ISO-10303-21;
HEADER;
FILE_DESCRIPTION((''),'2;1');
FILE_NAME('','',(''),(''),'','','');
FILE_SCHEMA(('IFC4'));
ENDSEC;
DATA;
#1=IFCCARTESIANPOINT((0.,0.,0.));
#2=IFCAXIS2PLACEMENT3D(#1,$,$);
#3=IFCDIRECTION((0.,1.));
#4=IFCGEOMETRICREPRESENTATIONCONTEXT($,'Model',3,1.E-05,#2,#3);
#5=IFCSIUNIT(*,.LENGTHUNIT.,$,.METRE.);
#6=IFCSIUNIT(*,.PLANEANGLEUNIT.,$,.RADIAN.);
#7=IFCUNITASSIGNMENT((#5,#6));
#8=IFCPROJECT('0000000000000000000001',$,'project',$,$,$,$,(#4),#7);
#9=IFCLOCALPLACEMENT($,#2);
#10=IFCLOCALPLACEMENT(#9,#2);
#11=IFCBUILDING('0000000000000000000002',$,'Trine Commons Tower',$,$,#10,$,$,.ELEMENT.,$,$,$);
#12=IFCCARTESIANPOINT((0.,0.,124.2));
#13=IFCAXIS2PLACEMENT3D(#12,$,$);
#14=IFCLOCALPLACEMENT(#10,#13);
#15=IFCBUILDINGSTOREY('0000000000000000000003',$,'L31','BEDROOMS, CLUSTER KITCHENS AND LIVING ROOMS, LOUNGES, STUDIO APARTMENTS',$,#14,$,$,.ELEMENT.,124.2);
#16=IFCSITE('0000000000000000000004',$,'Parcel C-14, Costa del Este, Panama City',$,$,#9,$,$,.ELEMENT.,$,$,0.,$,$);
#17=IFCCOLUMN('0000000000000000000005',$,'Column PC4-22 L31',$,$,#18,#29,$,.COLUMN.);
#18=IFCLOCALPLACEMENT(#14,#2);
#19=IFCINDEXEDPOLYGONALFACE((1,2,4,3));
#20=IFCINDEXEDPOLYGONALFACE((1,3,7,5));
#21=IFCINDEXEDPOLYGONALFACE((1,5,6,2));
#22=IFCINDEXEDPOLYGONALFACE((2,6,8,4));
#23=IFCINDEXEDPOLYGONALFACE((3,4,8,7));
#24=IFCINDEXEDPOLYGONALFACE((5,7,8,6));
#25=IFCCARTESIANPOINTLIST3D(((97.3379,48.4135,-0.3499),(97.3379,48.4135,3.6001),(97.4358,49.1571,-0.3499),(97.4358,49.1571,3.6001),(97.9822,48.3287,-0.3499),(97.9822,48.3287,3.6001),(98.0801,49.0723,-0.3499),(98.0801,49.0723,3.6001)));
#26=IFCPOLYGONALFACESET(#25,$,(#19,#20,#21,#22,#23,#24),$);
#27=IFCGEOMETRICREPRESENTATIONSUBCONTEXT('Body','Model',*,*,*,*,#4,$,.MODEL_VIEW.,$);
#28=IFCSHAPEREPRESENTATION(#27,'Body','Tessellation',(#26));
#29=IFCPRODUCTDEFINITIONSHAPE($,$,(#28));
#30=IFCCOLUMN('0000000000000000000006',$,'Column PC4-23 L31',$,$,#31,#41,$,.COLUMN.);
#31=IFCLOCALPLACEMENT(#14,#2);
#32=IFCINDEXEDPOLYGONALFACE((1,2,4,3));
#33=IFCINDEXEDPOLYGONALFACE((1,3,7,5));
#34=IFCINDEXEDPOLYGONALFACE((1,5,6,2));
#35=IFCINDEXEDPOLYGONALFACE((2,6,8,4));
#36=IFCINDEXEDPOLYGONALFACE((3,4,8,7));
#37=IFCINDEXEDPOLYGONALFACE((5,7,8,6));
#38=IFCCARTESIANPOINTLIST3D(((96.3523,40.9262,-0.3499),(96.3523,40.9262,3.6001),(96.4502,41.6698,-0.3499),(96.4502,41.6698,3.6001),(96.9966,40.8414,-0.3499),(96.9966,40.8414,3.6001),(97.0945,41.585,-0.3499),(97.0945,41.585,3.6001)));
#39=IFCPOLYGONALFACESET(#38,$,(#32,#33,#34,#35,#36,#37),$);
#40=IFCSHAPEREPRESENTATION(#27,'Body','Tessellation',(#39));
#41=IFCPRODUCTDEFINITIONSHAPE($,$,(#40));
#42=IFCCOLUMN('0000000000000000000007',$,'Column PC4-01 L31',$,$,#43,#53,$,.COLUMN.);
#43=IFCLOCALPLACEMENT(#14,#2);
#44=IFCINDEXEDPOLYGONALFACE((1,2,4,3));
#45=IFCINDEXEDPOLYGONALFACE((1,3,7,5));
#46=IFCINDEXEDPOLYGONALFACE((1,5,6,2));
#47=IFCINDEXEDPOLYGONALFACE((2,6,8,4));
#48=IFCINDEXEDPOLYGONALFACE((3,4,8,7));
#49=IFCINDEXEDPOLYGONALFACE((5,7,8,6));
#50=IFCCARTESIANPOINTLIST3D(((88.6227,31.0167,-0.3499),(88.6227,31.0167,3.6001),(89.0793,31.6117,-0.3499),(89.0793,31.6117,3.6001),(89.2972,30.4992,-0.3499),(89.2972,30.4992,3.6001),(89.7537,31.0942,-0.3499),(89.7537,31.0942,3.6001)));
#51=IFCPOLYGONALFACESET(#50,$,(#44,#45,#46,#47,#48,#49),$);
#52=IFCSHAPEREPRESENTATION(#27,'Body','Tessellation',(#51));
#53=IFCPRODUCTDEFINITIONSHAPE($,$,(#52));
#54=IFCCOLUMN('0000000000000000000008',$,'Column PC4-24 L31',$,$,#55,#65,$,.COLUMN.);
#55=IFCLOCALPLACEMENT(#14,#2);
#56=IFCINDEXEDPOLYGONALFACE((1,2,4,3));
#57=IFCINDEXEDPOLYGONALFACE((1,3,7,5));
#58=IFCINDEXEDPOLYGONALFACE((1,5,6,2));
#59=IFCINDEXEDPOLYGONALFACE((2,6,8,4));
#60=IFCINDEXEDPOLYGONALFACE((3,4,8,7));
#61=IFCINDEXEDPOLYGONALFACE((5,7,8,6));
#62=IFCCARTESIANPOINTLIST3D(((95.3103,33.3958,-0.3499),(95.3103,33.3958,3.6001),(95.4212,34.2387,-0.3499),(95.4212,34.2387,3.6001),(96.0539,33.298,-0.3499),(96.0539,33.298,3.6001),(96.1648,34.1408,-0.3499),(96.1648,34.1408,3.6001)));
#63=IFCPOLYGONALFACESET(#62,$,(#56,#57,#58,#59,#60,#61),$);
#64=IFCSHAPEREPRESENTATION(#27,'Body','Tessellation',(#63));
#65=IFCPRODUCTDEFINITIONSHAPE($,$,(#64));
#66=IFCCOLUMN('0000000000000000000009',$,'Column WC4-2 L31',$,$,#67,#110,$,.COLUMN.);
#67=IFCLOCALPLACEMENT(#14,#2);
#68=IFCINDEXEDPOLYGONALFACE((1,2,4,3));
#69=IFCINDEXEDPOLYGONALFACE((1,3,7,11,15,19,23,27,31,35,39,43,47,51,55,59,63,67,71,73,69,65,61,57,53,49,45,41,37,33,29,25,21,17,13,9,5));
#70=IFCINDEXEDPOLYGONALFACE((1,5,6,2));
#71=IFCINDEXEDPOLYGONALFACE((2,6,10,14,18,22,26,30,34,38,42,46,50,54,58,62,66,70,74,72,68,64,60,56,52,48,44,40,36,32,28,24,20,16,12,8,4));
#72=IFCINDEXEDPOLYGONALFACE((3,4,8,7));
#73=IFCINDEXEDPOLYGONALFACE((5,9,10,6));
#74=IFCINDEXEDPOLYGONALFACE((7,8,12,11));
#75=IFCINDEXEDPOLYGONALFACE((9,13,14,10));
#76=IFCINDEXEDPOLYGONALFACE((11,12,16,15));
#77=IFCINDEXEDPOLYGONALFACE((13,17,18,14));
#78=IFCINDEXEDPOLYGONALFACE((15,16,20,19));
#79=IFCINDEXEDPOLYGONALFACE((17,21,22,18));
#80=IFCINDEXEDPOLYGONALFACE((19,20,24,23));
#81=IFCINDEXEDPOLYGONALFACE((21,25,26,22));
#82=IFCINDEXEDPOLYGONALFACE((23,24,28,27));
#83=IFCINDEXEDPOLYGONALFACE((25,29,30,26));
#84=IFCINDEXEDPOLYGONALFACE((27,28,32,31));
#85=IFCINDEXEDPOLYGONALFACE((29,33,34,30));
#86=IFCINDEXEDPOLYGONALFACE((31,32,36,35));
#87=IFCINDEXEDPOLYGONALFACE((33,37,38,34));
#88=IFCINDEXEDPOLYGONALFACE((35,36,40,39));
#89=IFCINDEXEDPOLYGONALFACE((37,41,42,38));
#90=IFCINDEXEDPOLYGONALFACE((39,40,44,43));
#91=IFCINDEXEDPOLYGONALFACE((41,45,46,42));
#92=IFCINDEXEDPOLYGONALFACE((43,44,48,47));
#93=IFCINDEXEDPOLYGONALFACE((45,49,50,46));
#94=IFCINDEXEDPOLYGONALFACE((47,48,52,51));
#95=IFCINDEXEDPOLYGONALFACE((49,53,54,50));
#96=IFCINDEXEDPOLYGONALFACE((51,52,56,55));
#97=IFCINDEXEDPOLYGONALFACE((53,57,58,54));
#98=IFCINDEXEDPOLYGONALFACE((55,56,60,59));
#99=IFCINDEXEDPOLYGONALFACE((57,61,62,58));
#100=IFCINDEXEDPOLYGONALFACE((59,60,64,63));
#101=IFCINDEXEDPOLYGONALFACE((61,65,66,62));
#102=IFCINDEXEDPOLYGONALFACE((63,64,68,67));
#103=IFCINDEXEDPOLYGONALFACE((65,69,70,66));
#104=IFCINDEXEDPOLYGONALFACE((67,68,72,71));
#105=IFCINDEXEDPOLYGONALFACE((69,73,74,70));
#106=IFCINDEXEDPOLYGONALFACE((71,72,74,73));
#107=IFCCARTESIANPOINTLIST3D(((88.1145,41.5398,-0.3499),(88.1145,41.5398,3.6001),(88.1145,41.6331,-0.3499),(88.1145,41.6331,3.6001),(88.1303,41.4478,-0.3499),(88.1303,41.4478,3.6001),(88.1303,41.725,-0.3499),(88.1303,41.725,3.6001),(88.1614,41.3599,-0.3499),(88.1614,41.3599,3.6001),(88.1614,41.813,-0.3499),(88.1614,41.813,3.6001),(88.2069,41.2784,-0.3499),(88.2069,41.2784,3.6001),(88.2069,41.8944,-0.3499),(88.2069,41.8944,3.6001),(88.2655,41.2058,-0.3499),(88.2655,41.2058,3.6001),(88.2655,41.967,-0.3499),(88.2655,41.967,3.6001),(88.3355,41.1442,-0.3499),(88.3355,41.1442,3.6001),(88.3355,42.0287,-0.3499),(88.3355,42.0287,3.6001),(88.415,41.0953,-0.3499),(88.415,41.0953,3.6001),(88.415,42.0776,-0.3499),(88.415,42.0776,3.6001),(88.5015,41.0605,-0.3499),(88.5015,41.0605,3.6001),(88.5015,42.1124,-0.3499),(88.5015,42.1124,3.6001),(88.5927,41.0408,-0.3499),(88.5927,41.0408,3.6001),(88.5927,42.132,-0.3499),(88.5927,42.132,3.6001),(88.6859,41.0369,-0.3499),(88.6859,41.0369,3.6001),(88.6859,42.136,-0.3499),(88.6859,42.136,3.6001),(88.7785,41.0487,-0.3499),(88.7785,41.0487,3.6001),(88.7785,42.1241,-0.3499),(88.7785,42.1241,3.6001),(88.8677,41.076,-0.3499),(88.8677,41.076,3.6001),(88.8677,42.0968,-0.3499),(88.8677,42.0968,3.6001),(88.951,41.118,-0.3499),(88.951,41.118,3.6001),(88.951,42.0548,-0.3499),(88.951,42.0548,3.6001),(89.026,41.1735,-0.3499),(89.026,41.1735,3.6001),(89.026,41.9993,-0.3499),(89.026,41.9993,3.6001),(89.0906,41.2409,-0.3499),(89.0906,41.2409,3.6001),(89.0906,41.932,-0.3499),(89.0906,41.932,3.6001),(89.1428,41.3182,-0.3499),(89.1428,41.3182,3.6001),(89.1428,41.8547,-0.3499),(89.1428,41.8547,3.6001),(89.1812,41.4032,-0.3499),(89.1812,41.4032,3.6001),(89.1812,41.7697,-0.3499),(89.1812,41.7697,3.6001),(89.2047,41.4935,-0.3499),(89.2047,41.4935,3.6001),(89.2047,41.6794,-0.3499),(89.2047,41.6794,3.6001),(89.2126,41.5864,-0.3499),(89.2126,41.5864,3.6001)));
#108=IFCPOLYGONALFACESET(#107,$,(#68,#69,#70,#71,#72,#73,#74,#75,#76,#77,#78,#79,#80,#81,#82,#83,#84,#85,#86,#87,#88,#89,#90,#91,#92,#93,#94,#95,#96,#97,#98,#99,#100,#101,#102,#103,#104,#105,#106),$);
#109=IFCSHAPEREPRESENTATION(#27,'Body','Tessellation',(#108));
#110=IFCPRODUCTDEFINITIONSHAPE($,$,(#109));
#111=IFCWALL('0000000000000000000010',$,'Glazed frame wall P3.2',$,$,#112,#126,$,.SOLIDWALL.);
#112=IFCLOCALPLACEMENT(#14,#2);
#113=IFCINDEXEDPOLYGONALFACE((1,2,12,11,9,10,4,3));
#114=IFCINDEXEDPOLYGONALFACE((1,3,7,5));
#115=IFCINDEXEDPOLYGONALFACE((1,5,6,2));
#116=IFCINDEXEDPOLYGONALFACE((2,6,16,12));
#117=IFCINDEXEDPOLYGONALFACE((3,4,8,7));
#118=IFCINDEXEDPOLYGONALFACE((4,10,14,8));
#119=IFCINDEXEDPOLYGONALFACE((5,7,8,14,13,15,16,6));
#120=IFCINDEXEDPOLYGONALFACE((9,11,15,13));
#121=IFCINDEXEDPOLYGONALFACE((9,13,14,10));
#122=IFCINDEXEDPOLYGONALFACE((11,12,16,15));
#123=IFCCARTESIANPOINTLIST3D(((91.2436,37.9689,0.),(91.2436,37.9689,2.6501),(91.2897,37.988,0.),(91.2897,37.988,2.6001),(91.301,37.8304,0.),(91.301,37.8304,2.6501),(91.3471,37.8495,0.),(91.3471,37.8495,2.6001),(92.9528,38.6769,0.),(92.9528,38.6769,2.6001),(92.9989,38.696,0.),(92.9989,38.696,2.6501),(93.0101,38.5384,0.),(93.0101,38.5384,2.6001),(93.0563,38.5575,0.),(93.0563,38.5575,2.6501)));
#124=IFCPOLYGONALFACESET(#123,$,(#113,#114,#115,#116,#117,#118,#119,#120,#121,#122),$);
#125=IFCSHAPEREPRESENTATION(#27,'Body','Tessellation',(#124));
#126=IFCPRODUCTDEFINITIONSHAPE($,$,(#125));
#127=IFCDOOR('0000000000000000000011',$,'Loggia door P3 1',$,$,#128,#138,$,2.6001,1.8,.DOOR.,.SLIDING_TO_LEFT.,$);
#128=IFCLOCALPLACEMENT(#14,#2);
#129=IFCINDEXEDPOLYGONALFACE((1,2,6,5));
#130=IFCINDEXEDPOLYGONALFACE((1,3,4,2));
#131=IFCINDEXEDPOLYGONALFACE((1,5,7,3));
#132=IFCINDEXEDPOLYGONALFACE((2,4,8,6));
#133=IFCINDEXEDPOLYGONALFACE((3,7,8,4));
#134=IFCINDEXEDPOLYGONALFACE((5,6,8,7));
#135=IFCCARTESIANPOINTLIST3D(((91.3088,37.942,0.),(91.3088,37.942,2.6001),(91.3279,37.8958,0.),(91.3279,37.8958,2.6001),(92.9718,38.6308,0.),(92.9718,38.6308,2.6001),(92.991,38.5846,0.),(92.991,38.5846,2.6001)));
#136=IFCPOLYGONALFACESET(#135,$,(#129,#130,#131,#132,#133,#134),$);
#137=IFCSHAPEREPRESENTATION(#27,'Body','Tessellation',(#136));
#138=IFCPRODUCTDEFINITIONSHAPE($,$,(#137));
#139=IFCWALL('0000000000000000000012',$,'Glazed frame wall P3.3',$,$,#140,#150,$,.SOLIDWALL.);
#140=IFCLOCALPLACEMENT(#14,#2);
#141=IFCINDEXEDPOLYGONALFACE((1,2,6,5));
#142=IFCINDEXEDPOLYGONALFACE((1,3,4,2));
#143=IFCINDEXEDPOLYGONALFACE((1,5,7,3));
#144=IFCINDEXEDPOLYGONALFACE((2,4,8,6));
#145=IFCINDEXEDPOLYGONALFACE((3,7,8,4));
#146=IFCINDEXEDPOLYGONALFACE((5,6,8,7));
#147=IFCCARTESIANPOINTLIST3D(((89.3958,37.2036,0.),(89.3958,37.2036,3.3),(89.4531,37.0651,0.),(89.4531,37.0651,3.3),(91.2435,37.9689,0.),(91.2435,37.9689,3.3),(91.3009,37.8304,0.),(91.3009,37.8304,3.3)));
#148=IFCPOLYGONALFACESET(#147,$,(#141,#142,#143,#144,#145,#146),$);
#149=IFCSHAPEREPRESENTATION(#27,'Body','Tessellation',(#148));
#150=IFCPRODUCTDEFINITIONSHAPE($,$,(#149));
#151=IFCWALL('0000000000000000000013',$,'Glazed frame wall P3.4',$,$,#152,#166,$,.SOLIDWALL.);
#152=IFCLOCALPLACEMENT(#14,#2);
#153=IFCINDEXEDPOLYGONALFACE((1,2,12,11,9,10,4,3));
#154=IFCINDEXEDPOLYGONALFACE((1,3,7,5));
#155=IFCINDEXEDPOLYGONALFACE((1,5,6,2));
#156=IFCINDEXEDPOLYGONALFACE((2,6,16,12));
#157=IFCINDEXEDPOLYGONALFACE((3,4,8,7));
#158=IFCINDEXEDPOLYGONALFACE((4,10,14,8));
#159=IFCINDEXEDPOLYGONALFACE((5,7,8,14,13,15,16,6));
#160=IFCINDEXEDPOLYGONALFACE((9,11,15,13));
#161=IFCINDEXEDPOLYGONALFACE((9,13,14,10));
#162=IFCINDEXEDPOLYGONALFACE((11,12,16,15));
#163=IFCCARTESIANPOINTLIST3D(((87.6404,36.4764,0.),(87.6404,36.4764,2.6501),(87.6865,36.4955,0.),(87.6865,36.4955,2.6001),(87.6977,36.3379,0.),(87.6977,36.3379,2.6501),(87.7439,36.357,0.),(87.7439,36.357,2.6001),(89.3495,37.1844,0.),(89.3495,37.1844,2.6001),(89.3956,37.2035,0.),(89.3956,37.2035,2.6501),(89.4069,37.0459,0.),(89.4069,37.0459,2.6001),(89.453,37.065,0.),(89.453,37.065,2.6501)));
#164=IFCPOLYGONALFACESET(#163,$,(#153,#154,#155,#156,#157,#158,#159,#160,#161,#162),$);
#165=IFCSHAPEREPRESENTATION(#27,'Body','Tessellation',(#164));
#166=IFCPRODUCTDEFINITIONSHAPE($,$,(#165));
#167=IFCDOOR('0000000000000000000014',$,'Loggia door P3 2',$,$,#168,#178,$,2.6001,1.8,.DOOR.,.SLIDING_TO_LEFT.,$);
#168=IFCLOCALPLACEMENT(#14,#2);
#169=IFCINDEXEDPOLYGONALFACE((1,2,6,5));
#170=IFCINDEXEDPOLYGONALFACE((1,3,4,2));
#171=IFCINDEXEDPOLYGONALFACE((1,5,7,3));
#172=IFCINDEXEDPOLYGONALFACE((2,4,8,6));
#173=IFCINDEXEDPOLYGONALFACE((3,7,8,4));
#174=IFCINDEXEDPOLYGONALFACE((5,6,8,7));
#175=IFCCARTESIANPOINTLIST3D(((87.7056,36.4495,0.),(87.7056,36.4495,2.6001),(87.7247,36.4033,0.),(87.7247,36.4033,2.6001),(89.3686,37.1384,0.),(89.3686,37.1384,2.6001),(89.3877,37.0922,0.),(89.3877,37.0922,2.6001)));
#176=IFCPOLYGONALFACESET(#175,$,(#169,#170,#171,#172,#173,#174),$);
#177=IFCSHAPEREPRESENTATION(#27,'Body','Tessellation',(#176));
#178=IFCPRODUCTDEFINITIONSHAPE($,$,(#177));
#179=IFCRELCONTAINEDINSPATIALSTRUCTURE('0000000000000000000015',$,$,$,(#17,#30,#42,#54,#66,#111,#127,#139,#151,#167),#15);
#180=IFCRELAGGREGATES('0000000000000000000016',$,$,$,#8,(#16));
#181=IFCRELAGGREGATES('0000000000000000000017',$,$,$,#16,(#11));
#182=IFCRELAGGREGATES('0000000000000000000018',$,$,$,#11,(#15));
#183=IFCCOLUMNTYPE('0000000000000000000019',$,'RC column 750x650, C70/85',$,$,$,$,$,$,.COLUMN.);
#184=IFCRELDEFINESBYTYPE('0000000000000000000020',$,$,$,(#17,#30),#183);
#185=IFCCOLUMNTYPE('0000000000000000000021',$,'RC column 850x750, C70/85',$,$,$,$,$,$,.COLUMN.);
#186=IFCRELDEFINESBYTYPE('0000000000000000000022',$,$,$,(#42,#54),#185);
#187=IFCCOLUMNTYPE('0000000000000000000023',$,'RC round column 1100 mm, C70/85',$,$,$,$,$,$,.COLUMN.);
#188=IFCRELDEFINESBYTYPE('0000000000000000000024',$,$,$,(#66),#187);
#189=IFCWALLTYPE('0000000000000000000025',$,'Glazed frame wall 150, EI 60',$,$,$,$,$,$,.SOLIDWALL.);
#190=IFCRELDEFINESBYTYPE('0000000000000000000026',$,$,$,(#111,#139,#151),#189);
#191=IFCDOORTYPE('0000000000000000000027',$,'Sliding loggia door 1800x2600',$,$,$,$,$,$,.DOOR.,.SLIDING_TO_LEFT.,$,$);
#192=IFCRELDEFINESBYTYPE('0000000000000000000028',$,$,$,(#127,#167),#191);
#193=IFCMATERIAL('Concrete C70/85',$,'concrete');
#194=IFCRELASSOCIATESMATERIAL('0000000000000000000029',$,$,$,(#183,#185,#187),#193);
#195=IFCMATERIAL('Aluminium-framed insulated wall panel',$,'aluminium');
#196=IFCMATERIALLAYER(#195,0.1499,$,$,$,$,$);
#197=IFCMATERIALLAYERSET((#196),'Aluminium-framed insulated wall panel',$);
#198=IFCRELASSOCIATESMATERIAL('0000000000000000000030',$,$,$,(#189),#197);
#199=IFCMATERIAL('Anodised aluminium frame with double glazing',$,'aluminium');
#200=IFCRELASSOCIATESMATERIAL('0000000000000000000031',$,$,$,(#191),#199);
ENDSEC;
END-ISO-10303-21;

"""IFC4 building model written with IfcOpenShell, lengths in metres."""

from ifc_helpers import new_model, si_unit, direction, frame, frame_2d, origin, origin_2d, place, context, subcontext, project, spatial, polyline, rectangle, circle, outline, extrude, material, layer, layer_set, material_profile, profile_set, type_object, element, fill, save


model = new_model("IFC4")

# Units and contexts
model_context = context("Model", 3, precision=1e-05, world=origin(), true_north=direction((0.0, 1.0)))
body_context = subcontext(model_context, "Body", "Model", "MODEL_VIEW")
ifc_project = project(units=[si_unit("LENGTHUNIT", "METRE"), si_unit("PLANEANGLEUNIT", "RADIAN")], contexts=[model_context])

# Site, building, storey
site_placement = place(None, origin())
site = spatial("IfcSite", under=ifc_project, at=site_placement, Name="Parcel C-14, Costa del Este, Panama City", CompositionType="ELEMENT", RefElevation=0.0)
building_placement = place(site_placement, origin())
building = spatial("IfcBuilding", under=site, at=building_placement, Name="Trine Commons Tower", CompositionType="ELEMENT")
storey_placement = place(building_placement, frame((0.0, 0.0, 124.2)))
storey = spatial("IfcBuildingStorey", under=building, at=storey_placement, Name="L31", Description="BEDROOMS, CLUSTER KITCHENS AND LIVING ROOMS, LOUNGES, STUDIO APARTMENTS", CompositionType="ELEMENT", Elevation=124.2)

# Columns
ifc_material_1 = material(Name="Concrete C70/85", Category="concrete")
ifc_material_profile_1 = material_profile(ifc_material_1, rectangle(XDim=0.75, YDim=0.6499, at=origin_2d()), Name="RC 750x650")
ifc_profile_set_1 = profile_set([ifc_material_profile_1], Name="Concrete C70/85")
column_type_1 = type_object("IfcColumnType", Name="RC column 750x650, C70/85", PredefinedType="COLUMN", material=ifc_profile_set_1)
for number, where, z_axis, x_axis, name in (
    (1, (97.709, 48.7429, -0.3499), (0.0, 0.0, 1.0), (0.130526, 0.991445, 0.0), "Column PC4-22 L31"),
    (2, (96.7234, 41.2556, -0.3499), (0.0, 0.0, 1.0), (0.130526, 0.991445, 0.0), "Column PC4-23 L31"),
):
    element("IfcColumn", number, at=place(storey_placement, frame(where, z_axis=z_axis, x_axis=x_axis)), inside=storey, type_object=column_type_1, Name=name, PredefinedType="COLUMN", context=body_context, shape_type="SweptSolid", body=[
        extrude(rectangle(XDim=0.75, YDim=0.6499, at=origin_2d()), origin(), (0.0, 0.0, 1.0), 3.95),
    ])
ifc_material_profile_2 = material_profile(ifc_material_1, rectangle(XDim=0.8501, YDim=0.75, at=origin_2d()), Name="RC 850x750")
ifc_profile_set_2 = profile_set([ifc_material_profile_2], Name="Concrete C70/85")
column_type_2 = type_object("IfcColumnType", Name="RC column 850x750, C70/85", PredefinedType="COLUMN", material=ifc_profile_set_2)
for number, where, z_axis, x_axis, name in (
    (3, (89.1882, 31.0554, -0.3499), (0.0, 0.0, 1.0), (-0.793353, 0.608761, 0.0), "Column PC4-01 L31"),
    (4, (95.7375, 33.7683, -0.3499), (0.0, 0.0, 1.0), (0.130526, 0.991445, 0.0), "Column PC4-24 L31"),
):
    element("IfcColumn", number, at=place(storey_placement, frame(where, z_axis=z_axis, x_axis=x_axis)), inside=storey, type_object=column_type_2, Name=name, PredefinedType="COLUMN", context=body_context, shape_type="SweptSolid", body=[
        extrude(rectangle(XDim=0.8501, YDim=0.75, at=origin_2d()), origin(), (0.0, 0.0, 1.0), 3.95),
    ])
ifc_material_profile_3 = material_profile(ifc_material_1, circle(Radius=0.55, at=origin_2d()), Name="RC round 1100")
ifc_profile_set_3 = profile_set([ifc_material_profile_3], Name="Concrete C70/85")
column_type_3 = type_object("IfcColumnType", Name="RC round column 1100 mm, C70/85", PredefinedType="COLUMN", material=ifc_profile_set_3)
column_placement = place(storey_placement, frame((88.6626, 41.5864, -0.3499), z_axis=(0.0, 0.0, 1.0), x_axis=(1.0, 0.0, 0.0)))
element("IfcColumn", 5, at=column_placement, inside=storey, type_object=column_type_3, Name="Column WC4-2 L31", PredefinedType="COLUMN", context=body_context, shape_type="SweptSolid", body=[
    extrude(circle(Radius=0.55, at=origin_2d()), origin(), (0.0, 0.0, 1.0), 3.95),
])

# Shared definitions
ifc_material_2 = material(Name="Aluminium-framed insulated wall panel", Category="aluminium")
ifc_layer_1 = layer(ifc_material_2, 0.1499)
ifc_layer_set_1 = layer_set([ifc_layer_1], Name="Aluminium-framed insulated wall panel")
wall_type_1 = type_object("IfcWallType", Name="Glazed frame wall 150, EI 60", PredefinedType="SOLIDWALL", material=ifc_layer_set_1)

# Wall, opening, door
wall_1_placement = place(storey_placement, frame((93.0276, 38.6267, 0.0), z_axis=(0.0, 0.0, 1.0), x_axis=(-0.923888, -0.382662, 0.0)))
wall_1 = element("IfcWall", 6, at=wall_1_placement, inside=storey, type_object=wall_type_1, Name="Glazed frame wall P3.2", PredefinedType="SOLIDWALL", context=body_context, shape_type="SweptSolid", body=[
    extrude(outline(polyline([(0.0, -0.075), (1.8999, -0.075), (1.8999, 0.075), (0.0, 0.075), (0.0, -0.075)])), origin(), (0.0, 0.0, 1.0), 2.6501),
])
opening_1_placement = place(wall_1_placement, frame((0.05, 0.0, 0.0)))
opening_1 = element("IfcOpeningElement", 7, at=opening_1_placement, cuts=wall_1, PredefinedType="OPENING", context=body_context, shape_type="SweptSolid", body=[
    extrude(rectangle(XDim=1.8, YDim=2.6001, at=frame_2d((0.8999, 1.3))), frame((0.0, 0.085, 0.0), z_axis=(0.0, -1.0, 0.0), x_axis=(1.0, 0.0, 0.0)), (0.0, 0.0, 1.0), 0.1699),
])
ifc_material_3 = material(Name="Anodised aluminium frame with double glazing", Category="aluminium")
door_type_1 = type_object("IfcDoorType", Name="Sliding loggia door 1800x2600", OperationType="SLIDING_TO_LEFT", PredefinedType="DOOR", material=ifc_material_3)
door_1_placement = place(opening_1_placement, origin())
door_1 = element("IfcDoor", 8, at=door_1_placement, inside=storey, type_object=door_type_1, Name="Loggia door P3 1", OperationType="SLIDING_TO_LEFT", OverallHeight=2.6001, OverallWidth=1.8, PredefinedType="DOOR", context=body_context, shape_type="SweptSolid", body=[
    extrude(rectangle(XDim=1.8, YDim=2.6001, at=frame_2d((0.8999, 1.3))), frame((0.0, 0.0249, 0.0), z_axis=(0.0, -1.0, 0.0), x_axis=(1.0, 0.0, 0.0)), (0.0, 0.0, 1.0), 0.05),
])
fill(opening_1, door_1)

# Wall
wall_2_placement = place(storey_placement, frame((91.2722, 37.8997, 0.0), z_axis=(0.0, 0.0, 1.0), x_axis=(-0.923887, -0.382664, 0.0)))
element("IfcWall", 9, at=wall_2_placement, inside=storey, type_object=wall_type_1, Name="Glazed frame wall P3.3", PredefinedType="SOLIDWALL", context=body_context, shape_type="SweptSolid", body=[
    extrude(outline(polyline([(0.0, -0.075), (2.0, -0.075), (2.0, 0.075), (0.0, 0.075), (0.0, -0.075)])), origin(), (0.0, 0.0, 1.0), 3.3),
])

# Wall, opening, door
wall_3_placement = place(storey_placement, frame((89.4243, 37.1343, 0.0), z_axis=(0.0, 0.0, 1.0), x_axis=(-0.92387, -0.382707, 0.0)))
wall_3 = element("IfcWall", 10, at=wall_3_placement, inside=storey, type_object=wall_type_1, Name="Glazed frame wall P3.4", PredefinedType="SOLIDWALL", context=body_context, shape_type="SweptSolid", body=[
    extrude(outline(polyline([(0.0, -0.075), (1.8999, -0.075), (1.8999, 0.075), (0.0, 0.075), (0.0, -0.075)])), origin(), (0.0, 0.0, 1.0), 2.6501),
])
opening_2_placement = place(wall_3_placement, frame((0.05, 0.0, 0.0)))
opening_2 = element("IfcOpeningElement", 11, at=opening_2_placement, cuts=wall_3, PredefinedType="OPENING", context=body_context, shape_type="SweptSolid", body=[
    extrude(rectangle(XDim=1.8, YDim=2.6001, at=frame_2d((0.8999, 1.3))), frame((0.0, 0.085, 0.0), z_axis=(0.0, -1.0, 0.0), x_axis=(1.0, 0.0, 0.0)), (0.0, 0.0, 1.0), 0.1699),
])
door_2_placement = place(opening_2_placement, origin())
door_2 = element("IfcDoor", 12, at=door_2_placement, inside=storey, type_object=door_type_1, Name="Loggia door P3 2", OperationType="SLIDING_TO_LEFT", OverallHeight=2.6001, OverallWidth=1.8, PredefinedType="DOOR", context=body_context, shape_type="SweptSolid", body=[
    extrude(rectangle(XDim=1.8, YDim=2.6001, at=frame_2d((0.8999, 1.3))), frame((0.0, 0.0249, 0.0), z_axis=(0.0, -1.0, 0.0), x_axis=(1.0, 0.0, 0.0)), (0.0, 0.0, 1.0), 0.05),
])
fill(opening_2, door_2)

save(model, "model.ifc")
